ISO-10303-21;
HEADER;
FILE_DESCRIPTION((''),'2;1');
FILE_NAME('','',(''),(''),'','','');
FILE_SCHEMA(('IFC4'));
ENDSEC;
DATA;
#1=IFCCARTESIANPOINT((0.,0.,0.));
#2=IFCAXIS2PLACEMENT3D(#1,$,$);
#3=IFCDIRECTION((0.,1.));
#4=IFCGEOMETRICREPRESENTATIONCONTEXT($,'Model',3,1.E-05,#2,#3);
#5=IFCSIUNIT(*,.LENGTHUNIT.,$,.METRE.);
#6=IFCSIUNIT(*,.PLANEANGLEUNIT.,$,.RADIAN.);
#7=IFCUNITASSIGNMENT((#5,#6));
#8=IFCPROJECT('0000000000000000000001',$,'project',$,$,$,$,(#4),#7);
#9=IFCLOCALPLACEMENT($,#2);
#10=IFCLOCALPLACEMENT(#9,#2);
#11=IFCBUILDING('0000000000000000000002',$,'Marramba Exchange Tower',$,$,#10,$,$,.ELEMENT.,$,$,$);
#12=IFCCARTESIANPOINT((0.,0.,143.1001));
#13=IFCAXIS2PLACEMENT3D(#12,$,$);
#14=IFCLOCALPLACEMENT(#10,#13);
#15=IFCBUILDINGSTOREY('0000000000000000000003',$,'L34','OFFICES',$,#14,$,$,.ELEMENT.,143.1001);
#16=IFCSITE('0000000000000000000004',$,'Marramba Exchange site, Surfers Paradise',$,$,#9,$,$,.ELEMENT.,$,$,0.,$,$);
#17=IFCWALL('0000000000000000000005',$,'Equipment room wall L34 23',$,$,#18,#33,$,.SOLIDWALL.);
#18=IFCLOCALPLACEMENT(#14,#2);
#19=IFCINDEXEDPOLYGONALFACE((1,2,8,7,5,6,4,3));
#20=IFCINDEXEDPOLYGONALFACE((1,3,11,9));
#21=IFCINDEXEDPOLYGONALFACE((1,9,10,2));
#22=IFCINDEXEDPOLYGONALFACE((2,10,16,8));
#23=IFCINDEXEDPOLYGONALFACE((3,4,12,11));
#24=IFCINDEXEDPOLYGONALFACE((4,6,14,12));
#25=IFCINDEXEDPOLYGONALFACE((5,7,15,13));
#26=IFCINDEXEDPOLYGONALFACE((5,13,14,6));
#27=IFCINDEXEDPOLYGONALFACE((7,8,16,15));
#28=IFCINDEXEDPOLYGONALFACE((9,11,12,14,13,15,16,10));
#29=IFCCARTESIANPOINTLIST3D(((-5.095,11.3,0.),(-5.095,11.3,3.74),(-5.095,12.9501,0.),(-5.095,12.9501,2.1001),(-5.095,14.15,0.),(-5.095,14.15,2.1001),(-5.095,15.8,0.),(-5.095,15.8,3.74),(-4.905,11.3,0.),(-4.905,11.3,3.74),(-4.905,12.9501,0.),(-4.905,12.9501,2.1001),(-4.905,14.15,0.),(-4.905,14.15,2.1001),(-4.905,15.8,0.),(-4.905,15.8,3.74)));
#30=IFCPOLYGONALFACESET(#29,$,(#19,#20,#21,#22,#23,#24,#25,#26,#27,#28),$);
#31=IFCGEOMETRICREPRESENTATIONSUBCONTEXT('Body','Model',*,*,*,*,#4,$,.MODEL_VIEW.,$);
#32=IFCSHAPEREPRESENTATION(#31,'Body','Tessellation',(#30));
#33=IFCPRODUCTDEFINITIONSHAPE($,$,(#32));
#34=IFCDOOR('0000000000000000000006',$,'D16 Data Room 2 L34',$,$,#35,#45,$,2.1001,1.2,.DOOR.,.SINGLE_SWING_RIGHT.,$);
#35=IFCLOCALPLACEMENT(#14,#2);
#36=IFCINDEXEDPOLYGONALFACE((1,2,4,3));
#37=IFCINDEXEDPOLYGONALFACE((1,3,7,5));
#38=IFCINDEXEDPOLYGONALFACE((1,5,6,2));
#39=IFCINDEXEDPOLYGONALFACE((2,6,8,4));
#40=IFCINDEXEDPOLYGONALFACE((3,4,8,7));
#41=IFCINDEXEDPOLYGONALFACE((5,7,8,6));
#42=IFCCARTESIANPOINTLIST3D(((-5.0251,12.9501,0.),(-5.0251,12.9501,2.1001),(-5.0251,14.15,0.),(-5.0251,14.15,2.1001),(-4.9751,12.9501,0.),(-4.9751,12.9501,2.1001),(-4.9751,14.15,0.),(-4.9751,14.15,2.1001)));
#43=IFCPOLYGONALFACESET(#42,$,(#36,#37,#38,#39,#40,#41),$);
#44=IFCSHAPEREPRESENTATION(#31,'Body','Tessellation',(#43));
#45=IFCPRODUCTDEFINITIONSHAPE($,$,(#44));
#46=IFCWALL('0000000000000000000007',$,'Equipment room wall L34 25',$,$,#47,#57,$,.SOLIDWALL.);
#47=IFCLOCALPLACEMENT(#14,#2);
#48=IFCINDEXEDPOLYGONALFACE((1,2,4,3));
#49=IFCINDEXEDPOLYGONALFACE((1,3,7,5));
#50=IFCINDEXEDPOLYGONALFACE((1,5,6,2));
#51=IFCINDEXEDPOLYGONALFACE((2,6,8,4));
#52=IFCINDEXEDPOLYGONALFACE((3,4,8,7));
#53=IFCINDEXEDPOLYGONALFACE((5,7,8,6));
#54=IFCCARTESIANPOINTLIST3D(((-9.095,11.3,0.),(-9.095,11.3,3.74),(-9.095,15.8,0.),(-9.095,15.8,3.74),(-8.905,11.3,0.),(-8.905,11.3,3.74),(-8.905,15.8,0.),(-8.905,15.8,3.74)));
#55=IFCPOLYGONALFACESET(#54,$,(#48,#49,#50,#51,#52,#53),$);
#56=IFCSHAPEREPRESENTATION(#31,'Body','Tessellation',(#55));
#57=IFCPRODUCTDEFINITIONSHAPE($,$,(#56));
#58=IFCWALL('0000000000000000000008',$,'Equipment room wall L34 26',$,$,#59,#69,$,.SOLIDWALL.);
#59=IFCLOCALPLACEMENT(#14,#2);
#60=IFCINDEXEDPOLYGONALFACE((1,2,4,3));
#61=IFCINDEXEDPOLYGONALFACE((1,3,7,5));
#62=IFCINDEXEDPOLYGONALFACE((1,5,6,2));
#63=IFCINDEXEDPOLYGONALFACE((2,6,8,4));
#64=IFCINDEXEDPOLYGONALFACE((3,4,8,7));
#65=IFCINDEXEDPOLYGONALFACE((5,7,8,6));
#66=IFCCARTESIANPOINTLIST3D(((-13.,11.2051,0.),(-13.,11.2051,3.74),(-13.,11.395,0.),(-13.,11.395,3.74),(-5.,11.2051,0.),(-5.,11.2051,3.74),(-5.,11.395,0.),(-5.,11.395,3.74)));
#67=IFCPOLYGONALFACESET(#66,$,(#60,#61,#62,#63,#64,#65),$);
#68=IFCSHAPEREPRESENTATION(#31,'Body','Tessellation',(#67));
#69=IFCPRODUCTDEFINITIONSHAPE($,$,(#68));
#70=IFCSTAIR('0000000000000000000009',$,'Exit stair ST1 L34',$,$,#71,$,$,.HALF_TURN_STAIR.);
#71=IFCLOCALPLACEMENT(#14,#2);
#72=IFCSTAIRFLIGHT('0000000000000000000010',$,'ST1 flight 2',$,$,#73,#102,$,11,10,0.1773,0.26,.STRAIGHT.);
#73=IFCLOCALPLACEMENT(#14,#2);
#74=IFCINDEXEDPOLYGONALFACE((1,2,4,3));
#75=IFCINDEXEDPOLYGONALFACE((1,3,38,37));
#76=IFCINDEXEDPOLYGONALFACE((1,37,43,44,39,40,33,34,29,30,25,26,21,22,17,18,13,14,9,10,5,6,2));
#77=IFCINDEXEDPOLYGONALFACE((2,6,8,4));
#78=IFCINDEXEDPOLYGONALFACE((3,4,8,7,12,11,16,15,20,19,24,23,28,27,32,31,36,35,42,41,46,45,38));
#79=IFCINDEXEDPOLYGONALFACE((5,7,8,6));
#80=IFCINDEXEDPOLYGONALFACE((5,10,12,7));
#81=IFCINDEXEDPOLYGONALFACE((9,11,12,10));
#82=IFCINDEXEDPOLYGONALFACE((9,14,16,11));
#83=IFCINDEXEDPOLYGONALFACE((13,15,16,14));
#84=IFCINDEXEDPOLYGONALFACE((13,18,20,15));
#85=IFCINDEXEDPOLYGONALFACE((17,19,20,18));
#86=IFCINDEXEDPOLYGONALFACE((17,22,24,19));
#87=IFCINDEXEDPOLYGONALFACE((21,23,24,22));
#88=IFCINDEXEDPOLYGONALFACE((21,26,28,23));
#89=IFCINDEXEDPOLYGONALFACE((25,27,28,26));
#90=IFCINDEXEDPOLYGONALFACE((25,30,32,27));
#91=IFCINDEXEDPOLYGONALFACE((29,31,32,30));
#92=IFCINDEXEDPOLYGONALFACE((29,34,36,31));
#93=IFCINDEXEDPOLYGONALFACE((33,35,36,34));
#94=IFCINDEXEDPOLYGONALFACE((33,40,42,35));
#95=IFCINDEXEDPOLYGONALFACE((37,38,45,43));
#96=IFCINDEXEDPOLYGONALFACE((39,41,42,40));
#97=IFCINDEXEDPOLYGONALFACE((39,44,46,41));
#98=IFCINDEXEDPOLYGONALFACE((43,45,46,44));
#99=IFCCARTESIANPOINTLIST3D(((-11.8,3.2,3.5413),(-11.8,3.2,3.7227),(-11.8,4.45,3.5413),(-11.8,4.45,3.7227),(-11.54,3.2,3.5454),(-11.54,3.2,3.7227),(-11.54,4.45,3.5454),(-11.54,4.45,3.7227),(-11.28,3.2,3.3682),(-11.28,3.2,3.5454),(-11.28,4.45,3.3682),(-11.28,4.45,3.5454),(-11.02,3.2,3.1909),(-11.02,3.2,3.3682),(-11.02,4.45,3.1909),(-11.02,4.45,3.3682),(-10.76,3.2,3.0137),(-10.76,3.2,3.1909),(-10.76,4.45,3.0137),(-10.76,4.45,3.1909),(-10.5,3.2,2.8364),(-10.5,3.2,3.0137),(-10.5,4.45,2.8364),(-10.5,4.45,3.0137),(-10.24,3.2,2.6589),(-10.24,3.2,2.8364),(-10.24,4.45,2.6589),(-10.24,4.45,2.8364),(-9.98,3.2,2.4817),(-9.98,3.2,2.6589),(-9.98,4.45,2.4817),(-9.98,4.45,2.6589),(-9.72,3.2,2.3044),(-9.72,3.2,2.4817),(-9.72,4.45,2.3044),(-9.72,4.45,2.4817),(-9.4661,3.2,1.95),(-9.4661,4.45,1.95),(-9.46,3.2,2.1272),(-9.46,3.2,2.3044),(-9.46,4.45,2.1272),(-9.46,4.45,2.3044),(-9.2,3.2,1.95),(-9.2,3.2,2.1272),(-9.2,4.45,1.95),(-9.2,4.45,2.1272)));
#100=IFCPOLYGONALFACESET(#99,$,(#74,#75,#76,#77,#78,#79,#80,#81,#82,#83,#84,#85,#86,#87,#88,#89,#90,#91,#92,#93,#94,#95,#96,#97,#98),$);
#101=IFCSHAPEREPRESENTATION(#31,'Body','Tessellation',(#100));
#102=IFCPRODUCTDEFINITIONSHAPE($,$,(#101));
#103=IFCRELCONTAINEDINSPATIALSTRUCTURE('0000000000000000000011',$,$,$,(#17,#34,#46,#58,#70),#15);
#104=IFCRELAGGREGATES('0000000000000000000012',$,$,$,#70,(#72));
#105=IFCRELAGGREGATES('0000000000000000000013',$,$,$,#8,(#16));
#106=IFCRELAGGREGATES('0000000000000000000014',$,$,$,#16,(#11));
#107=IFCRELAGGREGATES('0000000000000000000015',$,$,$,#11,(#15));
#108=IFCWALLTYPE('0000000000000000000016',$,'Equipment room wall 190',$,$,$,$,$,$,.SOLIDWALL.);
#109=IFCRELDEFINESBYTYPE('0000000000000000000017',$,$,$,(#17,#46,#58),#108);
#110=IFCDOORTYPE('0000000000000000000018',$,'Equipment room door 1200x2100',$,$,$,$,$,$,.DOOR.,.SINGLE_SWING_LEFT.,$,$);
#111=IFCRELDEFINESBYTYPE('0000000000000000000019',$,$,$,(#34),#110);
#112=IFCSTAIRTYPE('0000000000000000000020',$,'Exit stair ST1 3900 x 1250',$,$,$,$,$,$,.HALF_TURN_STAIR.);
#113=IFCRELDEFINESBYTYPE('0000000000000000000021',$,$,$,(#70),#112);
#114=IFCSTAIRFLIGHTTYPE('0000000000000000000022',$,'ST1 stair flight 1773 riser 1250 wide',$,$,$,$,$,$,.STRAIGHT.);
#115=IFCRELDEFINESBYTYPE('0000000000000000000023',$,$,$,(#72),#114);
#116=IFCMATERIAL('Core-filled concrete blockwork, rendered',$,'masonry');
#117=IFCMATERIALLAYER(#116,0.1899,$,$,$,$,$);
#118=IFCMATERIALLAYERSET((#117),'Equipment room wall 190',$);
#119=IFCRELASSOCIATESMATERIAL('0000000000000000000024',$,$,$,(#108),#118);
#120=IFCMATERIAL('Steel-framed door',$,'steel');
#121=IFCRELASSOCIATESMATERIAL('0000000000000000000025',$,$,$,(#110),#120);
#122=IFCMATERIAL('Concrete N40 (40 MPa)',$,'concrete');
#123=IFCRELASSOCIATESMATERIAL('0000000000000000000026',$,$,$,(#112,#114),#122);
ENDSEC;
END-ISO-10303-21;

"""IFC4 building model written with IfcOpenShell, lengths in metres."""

from ifc_helpers import new_model, si_unit, direction, frame, frame_2d, origin, place, context, subcontext, project, spatial, polyline, rectangle, outline, extrude, material, layer, layer_set, type_object, element, fill, aggregate, save


model = new_model("IFC4")

# Units and contexts
model_context = context("Model", 3, precision=1e-05, world=origin(), true_north=direction((0.0, 1.0)))
body_context = subcontext(model_context, "Body", "Model", "MODEL_VIEW")
ifc_project = project(units=[si_unit("LENGTHUNIT", "METRE"), si_unit("PLANEANGLEUNIT", "RADIAN")], contexts=[model_context])

# Site, building, storey
site_placement = place(None, origin())
site = spatial("IfcSite", under=ifc_project, at=site_placement, Name="Marramba Exchange site, Surfers Paradise", CompositionType="ELEMENT", RefElevation=0.0)
building_placement = place(site_placement, origin())
building = spatial("IfcBuilding", under=site, at=building_placement, Name="Marramba Exchange Tower", CompositionType="ELEMENT")
storey_placement = place(building_placement, frame((0.0, 0.0, 143.1001)))
storey = spatial("IfcBuildingStorey", under=building, at=storey_placement, Name="L34", Description="OFFICES", CompositionType="ELEMENT", Elevation=143.1001)

# Wall, opening, door
ifc_material_1 = material(Name="Core-filled concrete blockwork, rendered", Category="masonry")
ifc_layer_1 = layer(ifc_material_1, 0.1899)
ifc_layer_set_1 = layer_set([ifc_layer_1], Name="Equipment room wall 190")
wall_type_1 = type_object("IfcWallType", Name="Equipment room wall 190", PredefinedType="SOLIDWALL", material=ifc_layer_set_1)
wall_1_placement = place(storey_placement, frame((-5.0, 15.8, 0.0), z_axis=(0.0, 0.0, 1.0), x_axis=(0.0, -1.0, 0.0)))
wall_1 = element("IfcWall", 1, at=wall_1_placement, inside=storey, type_object=wall_type_1, Name="Equipment room wall L34 23", PredefinedType="SOLIDWALL", context=body_context, shape_type="SweptSolid", body=[
    extrude(rectangle(XDim=4.5, YDim=0.1899, at=frame_2d((2.25, 0.0))), origin(), (0.0, 0.0, 1.0), 3.74),
])
opening_1_placement = place(wall_1_placement, frame((1.6499, 0.0, 0.0)))
opening_1 = element("IfcOpeningElement", 2, at=opening_1_placement, cuts=wall_1, PredefinedType="OPENING", context=body_context, shape_type="SweptSolid", body=[
    extrude(rectangle(XDim=1.2, YDim=2.1001, at=frame_2d((0.6001, 1.05))), frame((0.0, 0.105, 0.0), z_axis=(0.0, -1.0, 0.0), x_axis=(1.0, 0.0, 0.0)), (0.0, 0.0, 1.0), 0.21),
])
ifc_material_2 = material(Name="Steel-framed door", Category="steel")
door_type_1 = type_object("IfcDoorType", Name="Equipment room door 1200x2100", OperationType="SINGLE_SWING_LEFT", PredefinedType="DOOR", material=ifc_material_2)
door_1_placement = place(opening_1_placement, frame((1.2, 0.0, 0.0), z_axis=(0.0, 0.0, 1.0), x_axis=(-1.0, 0.0, 0.0)))
door_1 = element("IfcDoor", 3, at=door_1_placement, inside=storey, type_object=door_type_1, Name="D16 Data Room 2 L34", OperationType="SINGLE_SWING_RIGHT", OverallHeight=2.1001, OverallWidth=1.2, PredefinedType="DOOR", context=body_context, shape_type="SweptSolid", body=[
    extrude(rectangle(XDim=1.2, YDim=2.1001, at=frame_2d((0.5999, 1.05))), frame((0.0, 0.0251, 0.0), z_axis=(0.0, -1.0, 0.0), x_axis=(1.0, 0.0, 0.0)), (0.0, 0.0, 1.0), 0.05),
])
fill(opening_1, door_1)

# Walls
wall_2_placement = place(storey_placement, frame((-9.0, 15.8, 0.0), z_axis=(0.0, 0.0, 1.0), x_axis=(0.0, -1.0, 0.0)))
element("IfcWall", 4, at=wall_2_placement, inside=storey, type_object=wall_type_1, Name="Equipment room wall L34 25", PredefinedType="SOLIDWALL", context=body_context, shape_type="SweptSolid", body=[
    extrude(rectangle(XDim=4.5, YDim=0.1899, at=frame_2d((2.25, 0.0))), origin(), (0.0, 0.0, 1.0), 3.74),
])
wall_3_placement = place(storey_placement, frame((-5.0, 11.3, 0.0), z_axis=(0.0, 0.0, 1.0), x_axis=(-1.0, 0.0, 0.0)))
element("IfcWall", 5, at=wall_3_placement, inside=storey, type_object=wall_type_1, Name="Equipment room wall L34 26", PredefinedType="SOLIDWALL", context=body_context, shape_type="SweptSolid", body=[
    extrude(rectangle(XDim=8.0, YDim=0.1899, at=frame_2d((4.0, 0.0))), origin(), (0.0, 0.0, 1.0), 3.74),
])

# Stair, stair flight
ifc_material_3 = material(Name="Concrete N40 (40 MPa)", Category="concrete")
stair_type = type_object("IfcStairType", Name="Exit stair ST1 3900 x 1250", PredefinedType="HALF_TURN_STAIR", material=ifc_material_3)
stair_placement = place(storey_placement, origin())
stair = element("IfcStair", 6, at=stair_placement, inside=storey, type_object=stair_type, Name="Exit stair ST1 L34", PredefinedType="HALF_TURN_STAIR")
stair_flight_type = type_object("IfcStairFlightType", Name="ST1 stair flight 1773 riser 1250 wide", PredefinedType="STRAIGHT", material=ifc_material_3)
stair_flight_placement = place(storey_placement, frame((-9.2, 3.825, 1.95), z_axis=(0.0, 0.0, 1.0), x_axis=(-1.0, 0.0, 0.0)))
stair_flight = element("IfcStairFlight", 7, at=stair_flight_placement, type_object=stair_flight_type, Name="ST1 flight 2", NumberOfRisers=11, NumberOfTreads=10, PredefinedType="STRAIGHT", RiserHeight=0.1773, TreadLength=0.26, context=body_context, shape_type="SweptSolid", body=[
    extrude(outline(polyline([(0.0, 0.0), (0.0, 0.1772), (0.26, 0.1772), (0.26, 0.3545), (0.52, 0.3545), (0.52, 0.5317), (0.78, 0.5317), (0.78, 0.709), (1.04, 0.709), (1.04, 0.8865), (1.3, 0.8865), (1.3, 1.0637), (1.5601, 1.0637), (1.5601, 1.241), (1.8201, 1.241), (1.8201, 1.4182), (2.0801, 1.4182), (2.0801, 1.5955), (2.3401, 1.5955), (2.3401, 1.7727), (2.6001, 1.7727), (2.6001, 1.95), (2.6001, 1.5913), (0.2661, 0.0), (0.0, 0.0)])), frame((0.0, 0.625, 0.0), z_axis=(0.0, -1.0, 0.0), x_axis=(1.0, 0.0, 0.0)), (0.0, 0.0, 1.0), 1.25),
])
aggregate(stair, [stair_flight])

save(model, "model.ifc")
